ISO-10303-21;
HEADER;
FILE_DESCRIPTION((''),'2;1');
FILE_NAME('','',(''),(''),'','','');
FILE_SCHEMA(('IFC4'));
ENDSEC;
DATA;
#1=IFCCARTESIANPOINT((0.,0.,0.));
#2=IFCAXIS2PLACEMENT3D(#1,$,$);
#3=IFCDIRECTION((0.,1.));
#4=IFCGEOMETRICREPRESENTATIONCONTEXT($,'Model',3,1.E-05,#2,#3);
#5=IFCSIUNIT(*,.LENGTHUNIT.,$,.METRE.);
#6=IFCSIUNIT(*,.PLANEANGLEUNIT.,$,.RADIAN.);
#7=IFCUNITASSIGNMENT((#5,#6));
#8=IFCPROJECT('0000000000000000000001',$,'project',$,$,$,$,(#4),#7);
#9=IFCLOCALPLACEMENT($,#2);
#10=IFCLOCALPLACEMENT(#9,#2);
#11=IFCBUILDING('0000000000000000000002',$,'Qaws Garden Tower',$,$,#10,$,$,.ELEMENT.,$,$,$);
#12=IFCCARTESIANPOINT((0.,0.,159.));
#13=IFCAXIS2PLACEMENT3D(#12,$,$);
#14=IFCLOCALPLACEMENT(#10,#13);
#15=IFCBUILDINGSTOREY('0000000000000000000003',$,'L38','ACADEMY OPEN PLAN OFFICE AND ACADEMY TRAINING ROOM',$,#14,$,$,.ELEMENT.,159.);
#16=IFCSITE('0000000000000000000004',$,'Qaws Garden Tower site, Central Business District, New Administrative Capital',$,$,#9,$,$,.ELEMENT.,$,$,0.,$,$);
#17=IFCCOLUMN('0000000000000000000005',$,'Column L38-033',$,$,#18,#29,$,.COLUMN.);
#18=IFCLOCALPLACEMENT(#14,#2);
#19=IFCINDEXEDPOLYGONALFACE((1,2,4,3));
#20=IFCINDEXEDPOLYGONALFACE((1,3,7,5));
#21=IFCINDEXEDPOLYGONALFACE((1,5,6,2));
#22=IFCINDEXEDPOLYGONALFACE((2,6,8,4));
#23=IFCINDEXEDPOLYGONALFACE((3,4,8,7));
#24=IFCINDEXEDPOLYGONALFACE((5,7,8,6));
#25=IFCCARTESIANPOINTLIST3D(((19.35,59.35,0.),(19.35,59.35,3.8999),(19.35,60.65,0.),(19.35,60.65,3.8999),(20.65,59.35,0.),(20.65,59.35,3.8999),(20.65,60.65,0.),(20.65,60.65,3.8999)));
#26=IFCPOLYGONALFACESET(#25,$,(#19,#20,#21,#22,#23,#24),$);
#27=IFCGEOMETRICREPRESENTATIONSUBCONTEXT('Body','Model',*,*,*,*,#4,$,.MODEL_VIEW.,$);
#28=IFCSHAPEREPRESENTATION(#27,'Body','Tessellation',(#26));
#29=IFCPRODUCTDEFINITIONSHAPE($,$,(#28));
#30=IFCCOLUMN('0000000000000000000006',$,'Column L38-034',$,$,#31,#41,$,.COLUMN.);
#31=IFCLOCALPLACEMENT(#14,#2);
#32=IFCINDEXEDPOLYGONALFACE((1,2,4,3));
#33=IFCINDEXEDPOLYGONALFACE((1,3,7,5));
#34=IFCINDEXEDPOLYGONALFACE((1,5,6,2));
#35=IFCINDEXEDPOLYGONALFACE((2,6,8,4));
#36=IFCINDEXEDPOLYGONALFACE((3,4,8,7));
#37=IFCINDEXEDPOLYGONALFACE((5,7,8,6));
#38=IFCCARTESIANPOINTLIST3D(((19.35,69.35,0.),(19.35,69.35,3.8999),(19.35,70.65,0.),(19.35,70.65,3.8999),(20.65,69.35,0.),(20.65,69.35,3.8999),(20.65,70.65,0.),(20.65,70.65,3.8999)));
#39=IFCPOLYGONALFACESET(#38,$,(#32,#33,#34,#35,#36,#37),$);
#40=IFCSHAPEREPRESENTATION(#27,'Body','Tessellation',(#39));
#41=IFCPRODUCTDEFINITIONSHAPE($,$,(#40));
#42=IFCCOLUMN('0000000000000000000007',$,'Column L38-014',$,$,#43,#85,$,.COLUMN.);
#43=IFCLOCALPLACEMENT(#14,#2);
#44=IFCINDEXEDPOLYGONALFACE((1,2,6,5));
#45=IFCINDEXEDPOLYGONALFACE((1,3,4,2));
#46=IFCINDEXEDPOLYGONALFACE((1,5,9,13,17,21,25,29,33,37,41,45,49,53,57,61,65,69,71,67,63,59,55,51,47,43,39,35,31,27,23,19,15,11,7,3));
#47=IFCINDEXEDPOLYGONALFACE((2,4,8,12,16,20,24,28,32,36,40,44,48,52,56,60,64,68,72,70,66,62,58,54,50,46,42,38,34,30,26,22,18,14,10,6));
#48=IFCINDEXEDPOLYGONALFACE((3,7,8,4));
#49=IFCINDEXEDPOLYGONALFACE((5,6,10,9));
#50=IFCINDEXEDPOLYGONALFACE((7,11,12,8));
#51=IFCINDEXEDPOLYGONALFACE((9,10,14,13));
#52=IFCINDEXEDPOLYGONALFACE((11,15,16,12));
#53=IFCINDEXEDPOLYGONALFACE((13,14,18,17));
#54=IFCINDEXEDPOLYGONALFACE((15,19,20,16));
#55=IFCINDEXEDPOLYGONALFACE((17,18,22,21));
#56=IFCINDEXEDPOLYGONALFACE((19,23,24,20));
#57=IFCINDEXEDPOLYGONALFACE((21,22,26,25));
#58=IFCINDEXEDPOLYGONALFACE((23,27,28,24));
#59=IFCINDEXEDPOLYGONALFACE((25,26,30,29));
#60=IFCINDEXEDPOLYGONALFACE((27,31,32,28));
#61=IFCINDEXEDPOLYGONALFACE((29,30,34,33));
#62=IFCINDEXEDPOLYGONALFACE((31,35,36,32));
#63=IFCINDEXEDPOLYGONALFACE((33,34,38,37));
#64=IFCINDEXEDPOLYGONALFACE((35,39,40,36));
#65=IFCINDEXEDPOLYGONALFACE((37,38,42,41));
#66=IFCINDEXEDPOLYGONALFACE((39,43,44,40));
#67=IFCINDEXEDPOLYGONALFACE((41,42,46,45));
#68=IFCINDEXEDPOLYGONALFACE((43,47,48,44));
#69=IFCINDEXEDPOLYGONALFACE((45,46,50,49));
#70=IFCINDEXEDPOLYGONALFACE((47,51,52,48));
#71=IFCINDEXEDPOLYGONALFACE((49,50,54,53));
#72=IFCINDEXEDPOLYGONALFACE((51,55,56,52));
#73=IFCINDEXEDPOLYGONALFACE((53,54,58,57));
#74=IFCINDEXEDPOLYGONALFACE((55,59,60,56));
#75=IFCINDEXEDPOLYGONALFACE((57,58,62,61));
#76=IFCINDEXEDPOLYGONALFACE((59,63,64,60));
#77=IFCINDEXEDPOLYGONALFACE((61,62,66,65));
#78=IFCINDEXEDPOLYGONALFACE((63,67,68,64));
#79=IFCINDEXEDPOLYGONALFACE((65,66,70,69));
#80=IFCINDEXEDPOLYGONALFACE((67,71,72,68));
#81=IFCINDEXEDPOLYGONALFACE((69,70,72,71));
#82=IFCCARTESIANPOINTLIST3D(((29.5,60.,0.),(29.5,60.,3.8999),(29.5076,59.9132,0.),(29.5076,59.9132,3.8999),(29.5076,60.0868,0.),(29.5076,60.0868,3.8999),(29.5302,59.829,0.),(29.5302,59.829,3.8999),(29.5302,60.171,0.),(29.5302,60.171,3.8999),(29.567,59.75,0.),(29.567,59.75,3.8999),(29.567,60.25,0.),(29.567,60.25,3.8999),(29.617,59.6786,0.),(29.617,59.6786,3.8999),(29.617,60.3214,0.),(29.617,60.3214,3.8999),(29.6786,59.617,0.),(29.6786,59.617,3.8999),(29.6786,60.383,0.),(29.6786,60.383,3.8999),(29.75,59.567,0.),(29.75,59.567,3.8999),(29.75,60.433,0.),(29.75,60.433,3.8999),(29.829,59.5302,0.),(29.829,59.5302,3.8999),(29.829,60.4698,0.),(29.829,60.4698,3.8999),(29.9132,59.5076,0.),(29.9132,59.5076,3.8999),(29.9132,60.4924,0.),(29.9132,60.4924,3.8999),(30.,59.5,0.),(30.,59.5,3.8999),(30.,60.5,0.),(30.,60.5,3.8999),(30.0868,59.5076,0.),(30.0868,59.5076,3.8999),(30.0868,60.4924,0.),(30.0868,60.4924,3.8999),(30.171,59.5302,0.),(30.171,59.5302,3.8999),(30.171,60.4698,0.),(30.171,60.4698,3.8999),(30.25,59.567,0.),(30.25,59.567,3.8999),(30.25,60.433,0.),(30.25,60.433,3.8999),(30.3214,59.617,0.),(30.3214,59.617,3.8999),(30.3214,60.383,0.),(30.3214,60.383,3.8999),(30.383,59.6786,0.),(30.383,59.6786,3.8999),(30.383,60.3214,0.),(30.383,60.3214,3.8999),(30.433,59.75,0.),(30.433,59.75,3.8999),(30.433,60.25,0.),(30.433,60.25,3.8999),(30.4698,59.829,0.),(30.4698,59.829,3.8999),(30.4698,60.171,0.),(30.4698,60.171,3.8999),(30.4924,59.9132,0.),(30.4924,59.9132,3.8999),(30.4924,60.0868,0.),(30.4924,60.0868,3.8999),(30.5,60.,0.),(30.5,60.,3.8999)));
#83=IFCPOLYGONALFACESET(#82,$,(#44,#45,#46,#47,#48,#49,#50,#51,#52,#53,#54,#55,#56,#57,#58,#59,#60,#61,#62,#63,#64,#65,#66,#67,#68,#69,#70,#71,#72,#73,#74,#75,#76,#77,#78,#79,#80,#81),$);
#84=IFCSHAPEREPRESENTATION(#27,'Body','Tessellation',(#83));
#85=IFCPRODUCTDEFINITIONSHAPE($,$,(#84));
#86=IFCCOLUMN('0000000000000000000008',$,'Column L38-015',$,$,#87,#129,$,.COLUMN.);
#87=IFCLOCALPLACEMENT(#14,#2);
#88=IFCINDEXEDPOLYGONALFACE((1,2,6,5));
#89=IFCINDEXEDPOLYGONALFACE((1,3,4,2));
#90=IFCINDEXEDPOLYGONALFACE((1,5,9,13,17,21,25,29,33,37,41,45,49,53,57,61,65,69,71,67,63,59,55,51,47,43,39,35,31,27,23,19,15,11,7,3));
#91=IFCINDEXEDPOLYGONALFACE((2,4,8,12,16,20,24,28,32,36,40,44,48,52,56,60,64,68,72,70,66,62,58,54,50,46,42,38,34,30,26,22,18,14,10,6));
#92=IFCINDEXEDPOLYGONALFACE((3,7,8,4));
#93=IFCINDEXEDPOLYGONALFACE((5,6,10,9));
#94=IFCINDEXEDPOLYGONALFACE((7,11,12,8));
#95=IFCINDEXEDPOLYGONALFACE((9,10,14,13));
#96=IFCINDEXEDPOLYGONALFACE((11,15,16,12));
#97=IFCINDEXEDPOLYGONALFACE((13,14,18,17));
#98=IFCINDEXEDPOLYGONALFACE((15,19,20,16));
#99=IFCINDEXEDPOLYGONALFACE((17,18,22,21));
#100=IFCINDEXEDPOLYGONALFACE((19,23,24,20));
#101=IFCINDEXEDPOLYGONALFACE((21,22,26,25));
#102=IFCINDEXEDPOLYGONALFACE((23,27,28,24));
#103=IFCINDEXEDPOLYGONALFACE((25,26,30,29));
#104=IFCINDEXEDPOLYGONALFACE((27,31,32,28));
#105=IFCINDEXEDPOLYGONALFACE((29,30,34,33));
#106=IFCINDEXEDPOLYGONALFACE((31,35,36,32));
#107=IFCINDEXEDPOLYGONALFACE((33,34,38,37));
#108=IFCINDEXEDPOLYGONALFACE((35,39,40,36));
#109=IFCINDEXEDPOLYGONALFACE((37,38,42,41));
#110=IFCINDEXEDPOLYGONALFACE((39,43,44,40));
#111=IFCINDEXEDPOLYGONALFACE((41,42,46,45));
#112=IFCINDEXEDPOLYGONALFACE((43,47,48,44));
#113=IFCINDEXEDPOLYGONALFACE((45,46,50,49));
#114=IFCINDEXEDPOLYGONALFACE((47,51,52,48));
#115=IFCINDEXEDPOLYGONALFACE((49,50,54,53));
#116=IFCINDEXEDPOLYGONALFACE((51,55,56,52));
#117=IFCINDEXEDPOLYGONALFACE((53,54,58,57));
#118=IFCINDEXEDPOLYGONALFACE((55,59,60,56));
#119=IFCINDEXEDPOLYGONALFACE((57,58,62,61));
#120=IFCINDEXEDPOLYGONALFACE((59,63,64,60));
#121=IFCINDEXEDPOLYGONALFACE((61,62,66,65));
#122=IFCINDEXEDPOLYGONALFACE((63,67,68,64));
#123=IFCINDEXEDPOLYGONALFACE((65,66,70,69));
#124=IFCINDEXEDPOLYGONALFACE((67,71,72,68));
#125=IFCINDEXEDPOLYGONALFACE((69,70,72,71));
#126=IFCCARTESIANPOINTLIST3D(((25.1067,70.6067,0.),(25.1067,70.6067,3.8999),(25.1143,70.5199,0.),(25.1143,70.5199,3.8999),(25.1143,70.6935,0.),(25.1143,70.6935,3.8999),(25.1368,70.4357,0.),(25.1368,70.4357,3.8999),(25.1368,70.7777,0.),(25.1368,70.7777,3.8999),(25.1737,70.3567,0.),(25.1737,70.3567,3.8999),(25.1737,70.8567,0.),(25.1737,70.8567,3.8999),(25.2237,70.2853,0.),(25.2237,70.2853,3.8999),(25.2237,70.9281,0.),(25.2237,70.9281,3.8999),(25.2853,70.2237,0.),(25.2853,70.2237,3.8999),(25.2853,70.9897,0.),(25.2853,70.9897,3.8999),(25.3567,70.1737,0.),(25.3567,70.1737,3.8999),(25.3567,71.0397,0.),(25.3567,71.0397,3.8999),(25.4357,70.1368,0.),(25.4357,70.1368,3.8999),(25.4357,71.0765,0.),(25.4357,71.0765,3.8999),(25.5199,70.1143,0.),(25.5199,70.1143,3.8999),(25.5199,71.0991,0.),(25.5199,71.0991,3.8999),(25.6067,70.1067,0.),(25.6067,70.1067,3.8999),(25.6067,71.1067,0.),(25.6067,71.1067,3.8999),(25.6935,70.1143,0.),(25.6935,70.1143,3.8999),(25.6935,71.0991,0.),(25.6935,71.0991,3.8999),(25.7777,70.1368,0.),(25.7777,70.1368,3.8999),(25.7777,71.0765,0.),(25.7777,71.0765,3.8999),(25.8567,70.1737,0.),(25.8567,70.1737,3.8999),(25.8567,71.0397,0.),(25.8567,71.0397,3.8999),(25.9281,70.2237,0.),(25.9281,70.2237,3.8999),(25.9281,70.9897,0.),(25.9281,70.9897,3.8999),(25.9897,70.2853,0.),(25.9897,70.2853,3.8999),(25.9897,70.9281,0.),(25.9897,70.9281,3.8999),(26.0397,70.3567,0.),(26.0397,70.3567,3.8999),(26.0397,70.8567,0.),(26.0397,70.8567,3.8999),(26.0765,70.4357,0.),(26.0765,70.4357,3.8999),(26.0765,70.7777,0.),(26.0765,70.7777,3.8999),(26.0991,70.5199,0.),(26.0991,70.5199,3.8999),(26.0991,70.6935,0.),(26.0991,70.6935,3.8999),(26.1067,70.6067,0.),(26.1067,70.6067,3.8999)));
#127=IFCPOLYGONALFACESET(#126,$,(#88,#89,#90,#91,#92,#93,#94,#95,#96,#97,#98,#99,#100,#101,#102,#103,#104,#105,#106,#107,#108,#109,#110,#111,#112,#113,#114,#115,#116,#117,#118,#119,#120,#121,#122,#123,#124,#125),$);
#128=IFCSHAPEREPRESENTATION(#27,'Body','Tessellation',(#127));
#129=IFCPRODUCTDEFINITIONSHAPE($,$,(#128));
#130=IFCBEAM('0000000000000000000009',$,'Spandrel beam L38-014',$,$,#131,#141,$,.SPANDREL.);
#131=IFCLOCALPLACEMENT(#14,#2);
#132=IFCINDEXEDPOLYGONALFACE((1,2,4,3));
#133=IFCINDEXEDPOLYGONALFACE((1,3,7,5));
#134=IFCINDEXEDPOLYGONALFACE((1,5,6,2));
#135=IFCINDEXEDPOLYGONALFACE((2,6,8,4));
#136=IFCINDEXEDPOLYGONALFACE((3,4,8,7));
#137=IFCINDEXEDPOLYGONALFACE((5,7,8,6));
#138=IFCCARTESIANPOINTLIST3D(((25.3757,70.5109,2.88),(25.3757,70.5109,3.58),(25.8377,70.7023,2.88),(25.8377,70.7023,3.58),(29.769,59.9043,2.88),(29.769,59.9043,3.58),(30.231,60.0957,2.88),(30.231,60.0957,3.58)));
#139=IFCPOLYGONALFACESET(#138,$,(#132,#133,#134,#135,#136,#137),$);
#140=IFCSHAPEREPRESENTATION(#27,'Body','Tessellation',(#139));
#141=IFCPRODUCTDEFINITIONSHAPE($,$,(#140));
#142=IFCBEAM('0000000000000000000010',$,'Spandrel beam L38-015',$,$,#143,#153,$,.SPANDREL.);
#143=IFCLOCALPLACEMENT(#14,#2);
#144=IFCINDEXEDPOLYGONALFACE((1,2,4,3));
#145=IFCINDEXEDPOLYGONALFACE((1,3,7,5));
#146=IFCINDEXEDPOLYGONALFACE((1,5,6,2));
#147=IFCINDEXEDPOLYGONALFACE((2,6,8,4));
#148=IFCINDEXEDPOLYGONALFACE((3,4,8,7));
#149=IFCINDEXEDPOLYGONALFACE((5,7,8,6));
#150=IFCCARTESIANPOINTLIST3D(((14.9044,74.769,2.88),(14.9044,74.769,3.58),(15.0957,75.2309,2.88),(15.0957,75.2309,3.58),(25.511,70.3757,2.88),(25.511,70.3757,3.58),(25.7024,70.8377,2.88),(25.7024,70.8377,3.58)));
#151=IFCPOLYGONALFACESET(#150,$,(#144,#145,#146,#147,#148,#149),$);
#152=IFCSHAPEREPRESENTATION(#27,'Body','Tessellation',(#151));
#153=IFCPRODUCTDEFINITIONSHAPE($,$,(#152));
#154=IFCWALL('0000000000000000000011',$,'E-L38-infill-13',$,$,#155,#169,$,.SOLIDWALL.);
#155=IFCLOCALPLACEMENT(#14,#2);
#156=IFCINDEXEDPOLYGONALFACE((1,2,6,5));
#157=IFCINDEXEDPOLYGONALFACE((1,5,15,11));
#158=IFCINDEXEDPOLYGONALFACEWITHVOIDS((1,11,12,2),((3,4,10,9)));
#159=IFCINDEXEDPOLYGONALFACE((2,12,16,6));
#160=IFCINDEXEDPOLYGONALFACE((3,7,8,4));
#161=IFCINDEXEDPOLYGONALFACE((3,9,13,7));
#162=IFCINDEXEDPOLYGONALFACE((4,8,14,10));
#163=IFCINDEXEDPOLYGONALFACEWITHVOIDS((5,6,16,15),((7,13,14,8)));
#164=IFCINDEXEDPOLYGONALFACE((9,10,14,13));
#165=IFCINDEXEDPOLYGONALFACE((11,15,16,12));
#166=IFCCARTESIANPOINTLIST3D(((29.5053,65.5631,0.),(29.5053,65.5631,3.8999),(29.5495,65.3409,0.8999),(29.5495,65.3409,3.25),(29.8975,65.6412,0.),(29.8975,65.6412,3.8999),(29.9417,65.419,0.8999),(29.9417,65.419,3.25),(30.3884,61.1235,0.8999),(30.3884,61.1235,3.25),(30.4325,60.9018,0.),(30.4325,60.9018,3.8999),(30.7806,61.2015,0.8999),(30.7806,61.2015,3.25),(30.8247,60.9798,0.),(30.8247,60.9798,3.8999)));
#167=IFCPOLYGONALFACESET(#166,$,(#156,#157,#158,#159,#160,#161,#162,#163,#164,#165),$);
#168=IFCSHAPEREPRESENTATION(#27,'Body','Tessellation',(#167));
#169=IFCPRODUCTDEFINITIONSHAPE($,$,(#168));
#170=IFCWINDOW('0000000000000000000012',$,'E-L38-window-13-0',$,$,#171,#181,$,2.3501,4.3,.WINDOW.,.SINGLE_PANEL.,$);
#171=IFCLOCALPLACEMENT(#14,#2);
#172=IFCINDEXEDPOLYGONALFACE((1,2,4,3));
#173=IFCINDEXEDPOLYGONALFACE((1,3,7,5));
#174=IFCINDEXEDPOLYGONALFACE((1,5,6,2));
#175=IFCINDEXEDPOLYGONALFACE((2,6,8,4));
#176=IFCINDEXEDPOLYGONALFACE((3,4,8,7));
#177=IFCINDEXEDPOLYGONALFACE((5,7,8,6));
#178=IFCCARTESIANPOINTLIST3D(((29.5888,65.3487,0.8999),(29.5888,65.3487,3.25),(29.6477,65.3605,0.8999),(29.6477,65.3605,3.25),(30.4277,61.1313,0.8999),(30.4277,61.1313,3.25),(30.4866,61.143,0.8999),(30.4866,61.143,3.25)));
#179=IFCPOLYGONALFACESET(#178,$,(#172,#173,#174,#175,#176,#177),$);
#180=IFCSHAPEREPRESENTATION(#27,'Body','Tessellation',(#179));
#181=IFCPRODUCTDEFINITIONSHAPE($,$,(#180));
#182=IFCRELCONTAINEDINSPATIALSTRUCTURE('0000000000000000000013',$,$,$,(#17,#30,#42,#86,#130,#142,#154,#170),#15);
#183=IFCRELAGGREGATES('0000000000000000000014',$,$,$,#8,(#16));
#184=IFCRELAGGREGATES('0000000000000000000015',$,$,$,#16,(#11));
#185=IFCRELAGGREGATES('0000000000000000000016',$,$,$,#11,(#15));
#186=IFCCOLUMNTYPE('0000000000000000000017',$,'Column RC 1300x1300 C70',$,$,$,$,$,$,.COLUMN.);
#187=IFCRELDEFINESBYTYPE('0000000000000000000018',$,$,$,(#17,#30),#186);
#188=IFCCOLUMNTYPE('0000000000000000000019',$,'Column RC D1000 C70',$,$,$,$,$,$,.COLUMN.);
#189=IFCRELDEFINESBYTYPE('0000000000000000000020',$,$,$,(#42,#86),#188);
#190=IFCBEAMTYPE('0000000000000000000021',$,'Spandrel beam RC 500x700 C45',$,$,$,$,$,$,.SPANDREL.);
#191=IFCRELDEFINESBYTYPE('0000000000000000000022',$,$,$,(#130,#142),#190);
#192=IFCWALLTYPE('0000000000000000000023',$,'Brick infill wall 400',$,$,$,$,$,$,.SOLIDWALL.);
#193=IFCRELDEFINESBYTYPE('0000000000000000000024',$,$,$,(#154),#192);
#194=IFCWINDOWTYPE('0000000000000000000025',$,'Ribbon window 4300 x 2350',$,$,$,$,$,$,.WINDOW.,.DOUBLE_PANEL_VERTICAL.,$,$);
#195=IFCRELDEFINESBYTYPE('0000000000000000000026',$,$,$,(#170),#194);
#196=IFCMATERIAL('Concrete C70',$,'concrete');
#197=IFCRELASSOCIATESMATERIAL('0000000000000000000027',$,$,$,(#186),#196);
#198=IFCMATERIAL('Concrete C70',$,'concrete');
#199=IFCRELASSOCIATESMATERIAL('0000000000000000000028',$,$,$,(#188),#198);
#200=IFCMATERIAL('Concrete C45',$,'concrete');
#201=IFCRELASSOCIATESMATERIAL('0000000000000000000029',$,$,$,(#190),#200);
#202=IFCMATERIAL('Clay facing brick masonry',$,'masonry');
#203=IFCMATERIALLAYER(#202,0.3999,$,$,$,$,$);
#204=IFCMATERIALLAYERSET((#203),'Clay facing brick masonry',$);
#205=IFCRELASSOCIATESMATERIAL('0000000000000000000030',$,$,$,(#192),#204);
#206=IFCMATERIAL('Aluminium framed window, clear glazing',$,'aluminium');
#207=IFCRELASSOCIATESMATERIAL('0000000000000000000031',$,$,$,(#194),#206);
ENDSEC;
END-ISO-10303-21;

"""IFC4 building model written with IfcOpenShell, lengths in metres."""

from ifc_helpers import new_model, si_unit, direction, frame, frame_2d, origin, origin_2d, place, context, subcontext, project, spatial, rectangle, circle, extrude, material, layer, layer_set, material_profile, profile_set, type_object, element, fill, save


model = new_model("IFC4")

# Units and contexts
model_context = context("Model", 3, precision=1e-05, world=origin(), true_north=direction((0.0, 1.0)))
body_context = subcontext(model_context, "Body", "Model", "MODEL_VIEW")
ifc_project = project(units=[si_unit("LENGTHUNIT", "METRE"), si_unit("PLANEANGLEUNIT", "RADIAN")], contexts=[model_context])

# Site, building, storey
site_placement = place(None, origin())
site = spatial("IfcSite", under=ifc_project, at=site_placement, Name="Qaws Garden Tower site, Central Business District, New Administrative Capital", CompositionType="ELEMENT", RefElevation=0.0)
building_placement = place(site_placement, origin())
building = spatial("IfcBuilding", under=site, at=building_placement, Name="Qaws Garden Tower", CompositionType="ELEMENT")
storey_placement = place(building_placement, frame((0.0, 0.0, 159.0)))
storey = spatial("IfcBuildingStorey", under=building, at=storey_placement, Name="L38", Description="ACADEMY OPEN PLAN OFFICE AND ACADEMY TRAINING ROOM", CompositionType="ELEMENT", Elevation=159.0)

# Columns
ifc_material_1 = material(Name="Concrete C70", Category="concrete")
ifc_material_profile_1 = material_profile(ifc_material_1, rectangle(XDim=1.3, YDim=1.3, at=origin_2d()), Name="RC 1300x1300")
ifc_profile_set_1 = profile_set([ifc_material_profile_1], Name="Concrete C70")
column_type_1 = type_object("IfcColumnType", Name="Column RC 1300x1300 C70", PredefinedType="COLUMN", material=ifc_profile_set_1)
for number, where, z_axis, x_axis, name in (
    (1, (20.0, 60.0, 0.0), (0.0, 0.0, 1.0), (1.0, 0.0, 0.0), "Column L38-033"),
    (2, (20.0, 70.0, 0.0), (0.0, 0.0, 1.0), (1.0, 0.0, 0.0), "Column L38-034"),
):
    element("IfcColumn", number, at=place(storey_placement, frame(where, z_axis=z_axis, x_axis=x_axis)), inside=storey, type_object=column_type_1, Name=name, PredefinedType="COLUMN", context=body_context, shape_type="SweptSolid", body=[
        extrude(rectangle(XDim=1.3, YDim=1.3, at=origin_2d()), origin(), (0.0, 0.0, 1.0), 3.8999),
    ])
ifc_material_2 = material(Name="Concrete C70", Category="concrete")
ifc_material_profile_2 = material_profile(ifc_material_2, circle(Radius=0.5, at=origin_2d()), Name="RC D1000")
ifc_profile_set_2 = profile_set([ifc_material_profile_2], Name="Concrete C70")
column_type_2 = type_object("IfcColumnType", Name="Column RC D1000 C70", PredefinedType="COLUMN", material=ifc_profile_set_2)
for number, where, z_axis, x_axis, name in (
    (3, (30.0, 60.0, 0.0), (0.0, 0.0, 1.0), (1.0, 0.0, 0.0), "Column L38-014"),
    (4, (25.6067, 70.6067, 0.0), (0.0, 0.0, 1.0), (1.0, 0.0, 0.0), "Column L38-015"),
):
    element("IfcColumn", number, at=place(storey_placement, frame(where, z_axis=z_axis, x_axis=x_axis)), inside=storey, type_object=column_type_2, Name=name, PredefinedType="COLUMN", context=body_context, shape_type="SweptSolid", body=[
        extrude(circle(Radius=0.5, at=origin_2d()), origin(), (0.0, 0.0, 1.0), 3.8999),
    ])

# Beams
ifc_material_3 = material(Name="Concrete C45", Category="concrete")
ifc_material_profile_3 = material_profile(ifc_material_3, rectangle(XDim=0.5, YDim=0.7, at=origin_2d()), Name="RC 500x700")
ifc_profile_set_3 = profile_set([ifc_material_profile_3], Name="Concrete C45")
beam_type = type_object("IfcBeamType", Name="Spandrel beam RC 500x700 C45", PredefinedType="SPANDREL", material=ifc_profile_set_3)
for number, where, z_axis, x_axis, name in (
    (5, (30.0, 60.0, 3.23), (-0.382674, 0.923883, 0.0), (-0.923883, -0.382674, 0.0), "Spandrel beam L38-014"),
    (6, (25.6067, 70.6067, 3.23), (-0.923883, 0.382674, 0.0), (-0.382674, -0.923883, 0.0), "Spandrel beam L38-015"),
):
    element("IfcBeam", number, at=place(storey_placement, frame(where, z_axis=z_axis, x_axis=x_axis)), inside=storey, type_object=beam_type, Name=name, PredefinedType="SPANDREL", context=body_context, shape_type="SweptSolid", body=[
        extrude(rectangle(XDim=0.5, YDim=0.7, at=origin_2d()), origin(), (0.0, 0.0, 1.0), 11.4805),
    ])

# Wall, opening, window
ifc_material_4 = material(Name="Clay facing brick masonry", Category="masonry")
ifc_layer_1 = layer(ifc_material_4, 0.3999)
ifc_layer_set_1 = layer_set([ifc_layer_1], Name="Clay facing brick masonry")
wall_type_1 = type_object("IfcWallType", Name="Brick infill wall 400", PredefinedType="SOLIDWALL", material=ifc_layer_set_1)
wall_1_placement = place(storey_placement, frame((30.6287, 60.9407, 0.0), z_axis=(0.0, 0.0, 1.0), x_axis=(-0.195099, 0.980784, 0.0)))
wall_1 = element("IfcWall", 7, at=wall_1_placement, inside=storey, type_object=wall_type_1, Name="E-L38-infill-13", PredefinedType="SOLIDWALL", context=body_context, shape_type="SweptSolid", body=[
    extrude(rectangle(XDim=4.7527, YDim=0.3999, at=frame_2d((2.3765, 0.0))), origin(), (0.0, 0.0, 1.0), 3.8999),
])
opening_1_placement = place(wall_1_placement, frame((0.2263, 0.0, 0.8999)))
opening_1 = element("IfcOpeningElement", 8, at=opening_1_placement, cuts=wall_1, PredefinedType="OPENING", context=body_context, shape_type="SweptSolid", body=[
    extrude(rectangle(XDim=4.3, YDim=2.3501, at=frame_2d((2.1499, 1.175))), frame((0.0, 0.21, 0.0), z_axis=(0.0, -1.0, 0.0), x_axis=(1.0, 0.0, 0.0)), (0.0, 0.0, 1.0), 0.4199),
])
ifc_material_5 = material(Name="Aluminium framed window, clear glazing", Category="aluminium")
window_type = type_object("IfcWindowType", Name="Ribbon window 4300 x 2350", PartitioningType="DOUBLE_PANEL_VERTICAL", PredefinedType="WINDOW", material=ifc_material_5)
window_1_placement = place(opening_1_placement, origin())
window_1 = element("IfcWindow", 9, at=window_1_placement, inside=storey, type_object=window_type, Name="E-L38-window-13-0", OverallHeight=2.3501, OverallWidth=4.3, PartitioningType="SINGLE_PANEL", PredefinedType="WINDOW", context=body_context, shape_type="SweptSolid", body=[
    extrude(rectangle(XDim=4.3, YDim=2.3501, at=frame_2d((2.1499, 1.175))), frame((0.0, 0.1599, 0.0), z_axis=(0.0, -1.0, 0.0), x_axis=(1.0, 0.0, 0.0)), (0.0, 0.0, 1.0), 0.0601),
])
fill(opening_1, window_1)

save(model, "model.ifc")
